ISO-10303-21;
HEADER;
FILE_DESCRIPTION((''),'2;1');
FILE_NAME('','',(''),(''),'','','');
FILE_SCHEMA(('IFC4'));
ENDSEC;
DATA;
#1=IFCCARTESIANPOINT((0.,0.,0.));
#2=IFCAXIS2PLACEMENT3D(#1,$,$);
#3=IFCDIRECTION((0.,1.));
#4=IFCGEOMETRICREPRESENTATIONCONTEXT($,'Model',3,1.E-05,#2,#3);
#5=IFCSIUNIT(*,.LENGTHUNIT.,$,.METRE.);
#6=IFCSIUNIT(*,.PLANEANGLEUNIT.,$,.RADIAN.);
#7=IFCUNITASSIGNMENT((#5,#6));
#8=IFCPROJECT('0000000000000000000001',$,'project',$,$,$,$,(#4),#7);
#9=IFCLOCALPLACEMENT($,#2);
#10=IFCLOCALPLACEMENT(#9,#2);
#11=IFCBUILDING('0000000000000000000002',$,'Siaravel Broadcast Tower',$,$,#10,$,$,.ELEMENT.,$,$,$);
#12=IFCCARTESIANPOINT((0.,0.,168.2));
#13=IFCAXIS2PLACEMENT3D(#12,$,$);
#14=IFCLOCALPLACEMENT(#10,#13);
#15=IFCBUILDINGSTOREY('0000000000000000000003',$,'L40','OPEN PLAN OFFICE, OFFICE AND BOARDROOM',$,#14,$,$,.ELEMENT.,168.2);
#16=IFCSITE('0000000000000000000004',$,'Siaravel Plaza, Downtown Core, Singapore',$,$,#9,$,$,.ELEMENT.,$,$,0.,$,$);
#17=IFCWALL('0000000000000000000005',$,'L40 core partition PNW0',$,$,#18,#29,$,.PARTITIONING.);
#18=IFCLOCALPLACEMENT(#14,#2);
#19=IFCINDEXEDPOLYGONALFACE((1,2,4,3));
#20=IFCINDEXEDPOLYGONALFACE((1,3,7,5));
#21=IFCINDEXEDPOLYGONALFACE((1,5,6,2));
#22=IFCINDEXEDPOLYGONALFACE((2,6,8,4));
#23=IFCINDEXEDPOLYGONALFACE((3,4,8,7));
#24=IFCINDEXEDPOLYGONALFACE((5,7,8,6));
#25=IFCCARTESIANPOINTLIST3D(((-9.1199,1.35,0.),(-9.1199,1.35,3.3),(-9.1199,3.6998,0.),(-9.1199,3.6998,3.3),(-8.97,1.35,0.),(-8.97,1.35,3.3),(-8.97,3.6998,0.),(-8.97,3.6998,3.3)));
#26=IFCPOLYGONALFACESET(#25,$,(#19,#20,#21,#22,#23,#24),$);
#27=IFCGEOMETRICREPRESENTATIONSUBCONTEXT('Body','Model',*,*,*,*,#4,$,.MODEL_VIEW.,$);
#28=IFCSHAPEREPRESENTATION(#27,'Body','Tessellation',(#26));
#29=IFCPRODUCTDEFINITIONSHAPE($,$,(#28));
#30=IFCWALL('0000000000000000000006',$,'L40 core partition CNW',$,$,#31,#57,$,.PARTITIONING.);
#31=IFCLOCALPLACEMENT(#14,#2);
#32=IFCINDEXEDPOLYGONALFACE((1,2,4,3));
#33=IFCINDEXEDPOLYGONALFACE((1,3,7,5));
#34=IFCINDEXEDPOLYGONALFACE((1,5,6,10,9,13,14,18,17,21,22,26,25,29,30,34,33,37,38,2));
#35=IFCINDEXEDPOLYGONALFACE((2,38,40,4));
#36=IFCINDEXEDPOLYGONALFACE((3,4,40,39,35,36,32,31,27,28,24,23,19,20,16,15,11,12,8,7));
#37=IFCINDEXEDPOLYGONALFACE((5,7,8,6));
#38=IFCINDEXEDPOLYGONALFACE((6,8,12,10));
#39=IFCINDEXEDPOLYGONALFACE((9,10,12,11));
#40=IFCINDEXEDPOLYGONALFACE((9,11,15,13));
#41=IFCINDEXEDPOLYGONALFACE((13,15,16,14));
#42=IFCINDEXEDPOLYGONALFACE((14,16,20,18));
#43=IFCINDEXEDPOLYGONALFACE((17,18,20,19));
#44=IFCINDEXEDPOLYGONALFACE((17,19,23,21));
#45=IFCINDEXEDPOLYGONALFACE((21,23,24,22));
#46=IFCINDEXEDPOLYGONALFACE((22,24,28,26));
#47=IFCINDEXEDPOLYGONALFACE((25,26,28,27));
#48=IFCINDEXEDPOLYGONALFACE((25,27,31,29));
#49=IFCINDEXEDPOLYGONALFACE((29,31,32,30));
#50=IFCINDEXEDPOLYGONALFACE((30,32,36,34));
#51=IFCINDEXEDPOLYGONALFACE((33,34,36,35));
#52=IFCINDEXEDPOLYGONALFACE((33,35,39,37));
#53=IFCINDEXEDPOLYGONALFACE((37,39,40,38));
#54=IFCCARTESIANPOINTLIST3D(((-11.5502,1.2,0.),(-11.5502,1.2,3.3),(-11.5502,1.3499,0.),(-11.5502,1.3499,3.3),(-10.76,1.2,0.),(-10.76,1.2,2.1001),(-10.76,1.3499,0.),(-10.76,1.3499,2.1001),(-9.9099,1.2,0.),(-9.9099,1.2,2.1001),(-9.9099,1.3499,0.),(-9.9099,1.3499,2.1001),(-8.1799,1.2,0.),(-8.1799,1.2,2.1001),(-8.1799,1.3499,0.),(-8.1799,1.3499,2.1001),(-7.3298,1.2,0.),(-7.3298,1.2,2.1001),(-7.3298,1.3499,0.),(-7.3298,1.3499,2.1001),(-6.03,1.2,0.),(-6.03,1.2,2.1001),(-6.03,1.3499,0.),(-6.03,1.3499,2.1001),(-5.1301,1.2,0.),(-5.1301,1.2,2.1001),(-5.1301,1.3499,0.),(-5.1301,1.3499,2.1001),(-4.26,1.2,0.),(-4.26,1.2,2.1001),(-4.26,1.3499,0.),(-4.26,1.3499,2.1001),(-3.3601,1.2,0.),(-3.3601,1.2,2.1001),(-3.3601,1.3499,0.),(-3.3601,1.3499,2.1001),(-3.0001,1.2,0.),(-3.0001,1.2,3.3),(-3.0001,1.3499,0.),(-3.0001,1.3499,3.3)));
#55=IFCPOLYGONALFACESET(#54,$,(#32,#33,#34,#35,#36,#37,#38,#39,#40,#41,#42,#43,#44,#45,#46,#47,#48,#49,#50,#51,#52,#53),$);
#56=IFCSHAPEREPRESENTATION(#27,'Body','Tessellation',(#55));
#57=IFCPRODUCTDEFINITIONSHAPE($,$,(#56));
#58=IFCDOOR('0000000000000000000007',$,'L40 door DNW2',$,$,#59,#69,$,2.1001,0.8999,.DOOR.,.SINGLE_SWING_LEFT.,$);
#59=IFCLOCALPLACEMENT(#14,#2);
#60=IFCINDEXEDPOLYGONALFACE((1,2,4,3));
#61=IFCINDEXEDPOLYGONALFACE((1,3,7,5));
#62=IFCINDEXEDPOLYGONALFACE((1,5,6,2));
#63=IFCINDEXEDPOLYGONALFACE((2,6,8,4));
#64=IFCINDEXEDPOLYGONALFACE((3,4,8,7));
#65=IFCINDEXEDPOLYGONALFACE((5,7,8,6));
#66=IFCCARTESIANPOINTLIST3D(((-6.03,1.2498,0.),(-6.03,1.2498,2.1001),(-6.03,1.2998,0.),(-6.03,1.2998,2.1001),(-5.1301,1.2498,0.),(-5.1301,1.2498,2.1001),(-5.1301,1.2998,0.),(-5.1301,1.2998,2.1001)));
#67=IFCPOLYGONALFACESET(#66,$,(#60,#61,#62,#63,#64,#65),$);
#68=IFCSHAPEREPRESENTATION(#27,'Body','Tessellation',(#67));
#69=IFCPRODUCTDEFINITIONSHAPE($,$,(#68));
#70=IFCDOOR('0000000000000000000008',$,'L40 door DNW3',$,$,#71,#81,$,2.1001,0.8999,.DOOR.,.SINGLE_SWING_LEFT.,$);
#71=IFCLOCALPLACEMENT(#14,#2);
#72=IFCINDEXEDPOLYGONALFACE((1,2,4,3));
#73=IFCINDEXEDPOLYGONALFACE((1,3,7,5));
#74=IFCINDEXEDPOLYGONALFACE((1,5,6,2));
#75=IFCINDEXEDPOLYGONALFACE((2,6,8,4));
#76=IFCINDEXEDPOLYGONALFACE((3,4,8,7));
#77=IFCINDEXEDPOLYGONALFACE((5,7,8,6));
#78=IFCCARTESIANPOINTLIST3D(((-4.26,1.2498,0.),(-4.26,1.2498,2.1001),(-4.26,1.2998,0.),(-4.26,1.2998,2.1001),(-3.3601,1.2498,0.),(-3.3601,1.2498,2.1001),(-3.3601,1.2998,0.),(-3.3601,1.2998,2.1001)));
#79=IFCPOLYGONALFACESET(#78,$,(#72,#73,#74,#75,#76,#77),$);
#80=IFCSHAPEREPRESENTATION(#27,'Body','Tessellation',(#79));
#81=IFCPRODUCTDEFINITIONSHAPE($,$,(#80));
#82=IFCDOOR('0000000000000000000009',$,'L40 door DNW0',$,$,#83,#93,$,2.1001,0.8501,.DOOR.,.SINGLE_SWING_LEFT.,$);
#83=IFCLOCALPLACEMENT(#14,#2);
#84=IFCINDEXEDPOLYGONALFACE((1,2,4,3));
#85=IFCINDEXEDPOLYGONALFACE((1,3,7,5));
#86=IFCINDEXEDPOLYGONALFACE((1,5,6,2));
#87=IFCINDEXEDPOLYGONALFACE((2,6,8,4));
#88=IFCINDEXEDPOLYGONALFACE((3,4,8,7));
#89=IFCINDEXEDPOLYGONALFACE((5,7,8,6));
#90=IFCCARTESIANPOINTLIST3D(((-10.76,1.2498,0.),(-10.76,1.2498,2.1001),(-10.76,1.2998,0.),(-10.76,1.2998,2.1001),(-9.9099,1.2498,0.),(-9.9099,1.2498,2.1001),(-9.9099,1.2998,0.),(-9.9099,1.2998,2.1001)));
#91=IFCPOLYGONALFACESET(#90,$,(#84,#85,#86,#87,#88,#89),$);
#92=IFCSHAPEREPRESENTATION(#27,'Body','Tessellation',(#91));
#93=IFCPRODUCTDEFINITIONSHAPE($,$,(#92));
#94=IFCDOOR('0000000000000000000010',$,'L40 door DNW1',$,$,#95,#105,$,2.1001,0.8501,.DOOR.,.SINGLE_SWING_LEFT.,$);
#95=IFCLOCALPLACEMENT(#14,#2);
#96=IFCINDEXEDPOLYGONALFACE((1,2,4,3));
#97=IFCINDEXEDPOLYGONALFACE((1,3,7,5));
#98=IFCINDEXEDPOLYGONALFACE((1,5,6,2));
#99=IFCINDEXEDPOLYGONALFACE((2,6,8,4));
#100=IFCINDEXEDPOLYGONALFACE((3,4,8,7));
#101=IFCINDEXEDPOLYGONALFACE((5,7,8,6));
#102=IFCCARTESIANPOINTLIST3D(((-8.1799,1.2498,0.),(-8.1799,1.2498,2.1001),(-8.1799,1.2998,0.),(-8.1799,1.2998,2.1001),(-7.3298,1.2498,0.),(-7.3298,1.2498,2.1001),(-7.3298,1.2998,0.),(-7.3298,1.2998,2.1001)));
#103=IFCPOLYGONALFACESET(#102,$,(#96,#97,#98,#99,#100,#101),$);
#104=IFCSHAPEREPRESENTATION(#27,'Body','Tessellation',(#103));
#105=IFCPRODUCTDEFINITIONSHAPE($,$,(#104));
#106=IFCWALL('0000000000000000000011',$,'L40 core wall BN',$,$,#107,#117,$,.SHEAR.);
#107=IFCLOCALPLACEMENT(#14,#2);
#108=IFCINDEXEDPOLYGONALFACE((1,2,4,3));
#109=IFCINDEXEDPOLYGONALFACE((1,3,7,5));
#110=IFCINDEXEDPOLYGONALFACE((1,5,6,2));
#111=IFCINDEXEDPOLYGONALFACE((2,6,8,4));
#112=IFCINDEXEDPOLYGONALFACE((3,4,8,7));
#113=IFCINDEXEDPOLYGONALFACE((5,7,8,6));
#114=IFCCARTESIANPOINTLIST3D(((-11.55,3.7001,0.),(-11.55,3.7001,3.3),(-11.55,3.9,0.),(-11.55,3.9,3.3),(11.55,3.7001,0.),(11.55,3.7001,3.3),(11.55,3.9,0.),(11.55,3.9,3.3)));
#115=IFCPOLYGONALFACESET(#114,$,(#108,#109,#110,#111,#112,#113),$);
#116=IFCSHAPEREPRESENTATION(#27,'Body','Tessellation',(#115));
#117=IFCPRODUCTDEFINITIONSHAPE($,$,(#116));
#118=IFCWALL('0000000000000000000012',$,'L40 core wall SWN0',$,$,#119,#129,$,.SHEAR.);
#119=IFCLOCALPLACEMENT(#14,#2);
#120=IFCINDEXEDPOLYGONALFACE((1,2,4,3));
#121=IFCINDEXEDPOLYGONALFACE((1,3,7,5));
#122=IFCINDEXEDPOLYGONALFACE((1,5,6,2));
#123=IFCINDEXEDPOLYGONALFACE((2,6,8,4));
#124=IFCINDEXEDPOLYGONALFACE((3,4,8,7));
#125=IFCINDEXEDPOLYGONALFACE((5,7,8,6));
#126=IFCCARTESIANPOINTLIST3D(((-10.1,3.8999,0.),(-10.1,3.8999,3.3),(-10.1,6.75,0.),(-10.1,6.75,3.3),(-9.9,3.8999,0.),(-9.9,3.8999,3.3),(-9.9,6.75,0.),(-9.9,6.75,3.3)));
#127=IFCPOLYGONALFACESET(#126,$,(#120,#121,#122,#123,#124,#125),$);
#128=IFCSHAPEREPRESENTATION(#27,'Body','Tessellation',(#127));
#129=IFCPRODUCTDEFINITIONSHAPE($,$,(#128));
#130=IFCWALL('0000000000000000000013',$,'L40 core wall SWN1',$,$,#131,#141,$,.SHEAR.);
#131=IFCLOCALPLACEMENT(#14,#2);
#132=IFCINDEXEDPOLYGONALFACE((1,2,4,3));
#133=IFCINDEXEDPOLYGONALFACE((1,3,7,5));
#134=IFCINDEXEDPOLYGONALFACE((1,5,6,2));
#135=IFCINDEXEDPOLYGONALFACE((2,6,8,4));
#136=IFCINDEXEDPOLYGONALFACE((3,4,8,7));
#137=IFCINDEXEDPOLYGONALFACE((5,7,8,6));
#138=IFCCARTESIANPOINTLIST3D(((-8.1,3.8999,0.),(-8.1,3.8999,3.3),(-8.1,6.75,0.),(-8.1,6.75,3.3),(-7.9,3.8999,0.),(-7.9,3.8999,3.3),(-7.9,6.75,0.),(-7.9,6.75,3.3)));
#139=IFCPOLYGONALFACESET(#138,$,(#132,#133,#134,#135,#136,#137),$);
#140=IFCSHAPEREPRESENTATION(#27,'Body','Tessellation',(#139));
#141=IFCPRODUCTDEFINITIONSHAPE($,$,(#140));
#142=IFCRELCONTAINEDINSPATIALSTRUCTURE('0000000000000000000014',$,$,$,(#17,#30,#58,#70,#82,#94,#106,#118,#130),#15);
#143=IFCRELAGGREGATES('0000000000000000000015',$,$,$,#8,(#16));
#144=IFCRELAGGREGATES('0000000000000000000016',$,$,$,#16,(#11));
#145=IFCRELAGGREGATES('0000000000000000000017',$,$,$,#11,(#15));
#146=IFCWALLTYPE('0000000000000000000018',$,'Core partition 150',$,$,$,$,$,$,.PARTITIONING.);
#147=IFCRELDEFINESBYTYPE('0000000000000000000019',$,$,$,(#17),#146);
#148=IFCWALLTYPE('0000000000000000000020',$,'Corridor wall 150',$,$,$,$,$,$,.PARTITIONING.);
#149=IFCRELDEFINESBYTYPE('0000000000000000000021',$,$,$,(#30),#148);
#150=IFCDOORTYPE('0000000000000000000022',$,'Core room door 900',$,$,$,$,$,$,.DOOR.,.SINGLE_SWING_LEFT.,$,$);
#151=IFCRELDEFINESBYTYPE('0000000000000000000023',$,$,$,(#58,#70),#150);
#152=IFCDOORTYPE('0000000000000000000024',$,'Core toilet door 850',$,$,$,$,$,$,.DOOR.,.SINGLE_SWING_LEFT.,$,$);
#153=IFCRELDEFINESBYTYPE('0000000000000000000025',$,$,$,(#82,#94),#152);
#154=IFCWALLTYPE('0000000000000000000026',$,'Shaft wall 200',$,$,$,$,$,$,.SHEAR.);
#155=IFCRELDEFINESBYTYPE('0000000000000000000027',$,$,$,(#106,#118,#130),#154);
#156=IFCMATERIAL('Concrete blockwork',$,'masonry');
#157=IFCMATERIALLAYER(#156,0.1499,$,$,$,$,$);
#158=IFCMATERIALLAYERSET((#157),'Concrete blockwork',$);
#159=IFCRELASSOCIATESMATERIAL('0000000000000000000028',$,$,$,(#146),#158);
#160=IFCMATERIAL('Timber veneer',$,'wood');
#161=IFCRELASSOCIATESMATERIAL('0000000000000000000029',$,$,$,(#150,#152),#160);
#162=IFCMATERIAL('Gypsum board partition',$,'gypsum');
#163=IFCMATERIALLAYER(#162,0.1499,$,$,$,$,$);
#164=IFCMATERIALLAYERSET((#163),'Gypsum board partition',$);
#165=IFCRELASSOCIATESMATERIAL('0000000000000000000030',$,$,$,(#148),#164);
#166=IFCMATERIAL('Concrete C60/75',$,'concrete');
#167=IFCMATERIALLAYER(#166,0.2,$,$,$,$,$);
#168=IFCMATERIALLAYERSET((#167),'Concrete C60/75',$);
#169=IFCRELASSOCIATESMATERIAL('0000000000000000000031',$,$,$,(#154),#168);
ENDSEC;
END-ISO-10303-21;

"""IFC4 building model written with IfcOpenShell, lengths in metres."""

from ifc_helpers import new_model, si_unit, direction, frame, frame_2d, origin, place, context, subcontext, project, spatial, rectangle, extrude, material, layer, layer_set, type_object, element, fill, save


model = new_model("IFC4")

# Units and contexts
model_context = context("Model", 3, precision=1e-05, world=origin(), true_north=direction((0.0, 1.0)))
body_context = subcontext(model_context, "Body", "Model", "MODEL_VIEW")
ifc_project = project(units=[si_unit("LENGTHUNIT", "METRE"), si_unit("PLANEANGLEUNIT", "RADIAN")], contexts=[model_context])

# Site, building, storey
site_placement = place(None, origin())
site = spatial("IfcSite", under=ifc_project, at=site_placement, Name="Siaravel Plaza, Downtown Core, Singapore", CompositionType="ELEMENT", RefElevation=0.0)
building_placement = place(site_placement, origin())
building = spatial("IfcBuilding", under=site, at=building_placement, Name="Siaravel Broadcast Tower", CompositionType="ELEMENT")
storey_placement = place(building_placement, frame((0.0, 0.0, 168.2)))
storey = spatial("IfcBuildingStorey", under=building, at=storey_placement, Name="L40", Description="OPEN PLAN OFFICE, OFFICE AND BOARDROOM", CompositionType="ELEMENT", Elevation=168.2)

# Wall
ifc_material_1 = material(Name="Concrete blockwork", Category="masonry")
ifc_layer_1 = layer(ifc_material_1, 0.1499)
ifc_layer_set_1 = layer_set([ifc_layer_1], Name="Concrete blockwork")
wall_type_1 = type_object("IfcWallType", Name="Core partition 150", PredefinedType="PARTITIONING", material=ifc_layer_set_1)
wall_1_placement = place(storey_placement, frame((-9.0449, 1.3501, 0.0), z_axis=(0.0, 0.0, 1.0), x_axis=(0.0, 1.0, 0.0)))
element("IfcWall", 1, at=wall_1_placement, inside=storey, type_object=wall_type_1, Name="L40 core partition PNW0", PredefinedType="PARTITIONING", context=body_context, shape_type="SweptSolid", body=[
    extrude(rectangle(XDim=2.3499, YDim=0.1499, at=frame_2d((1.1748, 0.0))), origin(), (0.0, 0.0, 1.0), 3.3),
])

# Wall, openings, doors
ifc_material_2 = material(Name="Concrete C60/75", Category="concrete")
ifc_material_3 = material(Name="Timber veneer", Category="wood")
door_type_1 = type_object("IfcDoorType", Name="Core room door 900", OperationType="SINGLE_SWING_LEFT", PredefinedType="DOOR", material=ifc_material_3)
ifc_material_4 = material(Name="Gypsum board partition", Category="gypsum")
ifc_layer_2 = layer(ifc_material_4, 0.1499)
ifc_layer_set_2 = layer_set([ifc_layer_2], Name="Gypsum board partition")
wall_type_2 = type_object("IfcWallType", Name="Corridor wall 150", PredefinedType="PARTITIONING", material=ifc_layer_set_2)
wall_2_placement = place(storey_placement, frame((-11.55, 1.2749, 0.0), z_axis=(0.0, 0.0, 1.0), x_axis=(1.0, 0.0, 0.0)))
wall_2 = element("IfcWall", 2, at=wall_2_placement, inside=storey, type_object=wall_type_2, Name="L40 core partition CNW", PredefinedType="PARTITIONING", context=body_context, shape_type="SweptSolid", body=[
    extrude(rectangle(XDim=8.55, YDim=0.1499, at=frame_2d((4.2749, 0.0))), origin(), (0.0, 0.0, 1.0), 3.3),
])
opening_1_placement = place(wall_2_placement, frame((0.79, 0.0, 0.0)))
opening_1 = element("IfcOpeningElement", 3, at=opening_1_placement, cuts=wall_2, PredefinedType="OPENING", context=body_context, shape_type="SweptSolid", body=[
    extrude(rectangle(XDim=0.8501, YDim=2.1001, at=frame_2d((0.425, 1.05))), frame((0.0, 0.085, 0.0), z_axis=(0.0, -1.0, 0.0), x_axis=(1.0, 0.0, 0.0)), (0.0, 0.0, 1.0), 0.1699),
])
opening_2_placement = place(wall_2_placement, frame((3.3701, 0.0, 0.0)))
opening_2 = element("IfcOpeningElement", 4, at=opening_2_placement, cuts=wall_2, PredefinedType="OPENING", context=body_context, shape_type="SweptSolid", body=[
    extrude(rectangle(XDim=0.8501, YDim=2.1001, at=frame_2d((0.425, 1.05))), frame((0.0, 0.085, 0.0), z_axis=(0.0, -1.0, 0.0), x_axis=(1.0, 0.0, 0.0)), (0.0, 0.0, 1.0), 0.1699),
])
opening_3_placement = place(wall_2_placement, frame((5.52, 0.0, 0.0)))
opening_3 = element("IfcOpeningElement", 5, at=opening_3_placement, cuts=wall_2, PredefinedType="OPENING", context=body_context, shape_type="SweptSolid", body=[
    extrude(rectangle(XDim=0.8999, YDim=2.1001, at=frame_2d((0.45, 1.05))), frame((0.0, 0.085, 0.0), z_axis=(0.0, -1.0, 0.0), x_axis=(1.0, 0.0, 0.0)), (0.0, 0.0, 1.0), 0.1699),
])
opening_4_placement = place(wall_2_placement, frame((7.29, 0.0, 0.0)))
opening_4 = element("IfcOpeningElement", 6, at=opening_4_placement, cuts=wall_2, PredefinedType="OPENING", context=body_context, shape_type="SweptSolid", body=[
    extrude(rectangle(XDim=0.8999, YDim=2.1001, at=frame_2d((0.45, 1.05))), frame((0.0, 0.085, 0.0), z_axis=(0.0, -1.0, 0.0), x_axis=(1.0, 0.0, 0.0)), (0.0, 0.0, 1.0), 0.1699),
])
door_1_placement = place(opening_3_placement, origin())
door_1 = element("IfcDoor", 7, at=door_1_placement, inside=storey, type_object=door_type_1, Name="L40 door DNW2", OperationType="SINGLE_SWING_LEFT", OverallHeight=2.1001, OverallWidth=0.8999, PredefinedType="DOOR", context=body_context, shape_type="SweptSolid", body=[
    extrude(rectangle(XDim=0.8999, YDim=2.1001, at=frame_2d((0.45, 1.05))), frame((0.0, 0.0249, 0.0), z_axis=(0.0, -1.0, 0.0), x_axis=(1.0, 0.0, 0.0)), (0.0, 0.0, 1.0), 0.05),
])
fill(opening_3, door_1)
door_2_placement = place(opening_4_placement, origin())
door_2 = element("IfcDoor", 8, at=door_2_placement, inside=storey, type_object=door_type_1, Name="L40 door DNW3", OperationType="SINGLE_SWING_LEFT", OverallHeight=2.1001, OverallWidth=0.8999, PredefinedType="DOOR", context=body_context, shape_type="SweptSolid", body=[
    extrude(rectangle(XDim=0.8999, YDim=2.1001, at=frame_2d((0.45, 1.05))), frame((0.0, 0.0249, 0.0), z_axis=(0.0, -1.0, 0.0), x_axis=(1.0, 0.0, 0.0)), (0.0, 0.0, 1.0), 0.05),
])
fill(opening_4, door_2)
door_type_2 = type_object("IfcDoorType", Name="Core toilet door 850", OperationType="SINGLE_SWING_LEFT", PredefinedType="DOOR", material=ifc_material_3)
door_3_placement = place(opening_1_placement, origin())
door_3 = element("IfcDoor", 9, at=door_3_placement, inside=storey, type_object=door_type_2, Name="L40 door DNW0", OperationType="SINGLE_SWING_LEFT", OverallHeight=2.1001, OverallWidth=0.8501, PredefinedType="DOOR", context=body_context, shape_type="SweptSolid", body=[
    extrude(rectangle(XDim=0.8501, YDim=2.1001, at=frame_2d((0.425, 1.05))), frame((0.0, 0.0249, 0.0), z_axis=(0.0, -1.0, 0.0), x_axis=(1.0, 0.0, 0.0)), (0.0, 0.0, 1.0), 0.05),
])
fill(opening_1, door_3)
door_4_placement = place(opening_2_placement, origin())
door_4 = element("IfcDoor", 10, at=door_4_placement, inside=storey, type_object=door_type_2, Name="L40 door DNW1", OperationType="SINGLE_SWING_LEFT", OverallHeight=2.1001, OverallWidth=0.8501, PredefinedType="DOOR", context=body_context, shape_type="SweptSolid", body=[
    extrude(rectangle(XDim=0.8501, YDim=2.1001, at=frame_2d((0.425, 1.05))), frame((0.0, 0.0249, 0.0), z_axis=(0.0, -1.0, 0.0), x_axis=(1.0, 0.0, 0.0)), (0.0, 0.0, 1.0), 0.05),
])
fill(opening_2, door_4)

# Walls
ifc_layer_3 = layer(ifc_material_2, 0.2)
ifc_layer_set_3 = layer_set([ifc_layer_3], Name="Concrete C60/75")
wall_type_3 = type_object("IfcWallType", Name="Shaft wall 200", PredefinedType="SHEAR", material=ifc_layer_set_3)
wall_3_placement = place(storey_placement, frame((-11.55, 3.8, 0.0), z_axis=(0.0, 0.0, 1.0), x_axis=(1.0, 0.0, 0.0)))
element("IfcWall", 11, at=wall_3_placement, inside=storey, type_object=wall_type_3, Name="L40 core wall BN", PredefinedType="SHEAR", context=body_context, shape_type="SweptSolid", body=[
    extrude(rectangle(XDim=23.1001, YDim=0.2, at=frame_2d((11.55, 0.0))), origin(), (0.0, 0.0, 1.0), 3.3),
])
for number, where, z_axis, x_axis, name in (
    (12, (-10.0, 3.8999, 0.0), (0.0, 0.0, 1.0), (0.0, 1.0, 0.0), "L40 core wall SWN0"),
    (13, (-8.0, 3.8999, 0.0), (0.0, 0.0, 1.0), (0.0, 1.0, 0.0), "L40 core wall SWN1"),
):
    element("IfcWall", number, at=place(storey_placement, frame(where, z_axis=z_axis, x_axis=x_axis)), inside=storey, type_object=wall_type_3, Name=name, PredefinedType="SHEAR", context=body_context, shape_type="SweptSolid", body=[
        extrude(rectangle(XDim=2.8501, YDim=0.2, at=frame_2d((1.425, 0.0))), origin(), (0.0, 0.0, 1.0), 3.3),
    ])

save(model, "model.ifc")
